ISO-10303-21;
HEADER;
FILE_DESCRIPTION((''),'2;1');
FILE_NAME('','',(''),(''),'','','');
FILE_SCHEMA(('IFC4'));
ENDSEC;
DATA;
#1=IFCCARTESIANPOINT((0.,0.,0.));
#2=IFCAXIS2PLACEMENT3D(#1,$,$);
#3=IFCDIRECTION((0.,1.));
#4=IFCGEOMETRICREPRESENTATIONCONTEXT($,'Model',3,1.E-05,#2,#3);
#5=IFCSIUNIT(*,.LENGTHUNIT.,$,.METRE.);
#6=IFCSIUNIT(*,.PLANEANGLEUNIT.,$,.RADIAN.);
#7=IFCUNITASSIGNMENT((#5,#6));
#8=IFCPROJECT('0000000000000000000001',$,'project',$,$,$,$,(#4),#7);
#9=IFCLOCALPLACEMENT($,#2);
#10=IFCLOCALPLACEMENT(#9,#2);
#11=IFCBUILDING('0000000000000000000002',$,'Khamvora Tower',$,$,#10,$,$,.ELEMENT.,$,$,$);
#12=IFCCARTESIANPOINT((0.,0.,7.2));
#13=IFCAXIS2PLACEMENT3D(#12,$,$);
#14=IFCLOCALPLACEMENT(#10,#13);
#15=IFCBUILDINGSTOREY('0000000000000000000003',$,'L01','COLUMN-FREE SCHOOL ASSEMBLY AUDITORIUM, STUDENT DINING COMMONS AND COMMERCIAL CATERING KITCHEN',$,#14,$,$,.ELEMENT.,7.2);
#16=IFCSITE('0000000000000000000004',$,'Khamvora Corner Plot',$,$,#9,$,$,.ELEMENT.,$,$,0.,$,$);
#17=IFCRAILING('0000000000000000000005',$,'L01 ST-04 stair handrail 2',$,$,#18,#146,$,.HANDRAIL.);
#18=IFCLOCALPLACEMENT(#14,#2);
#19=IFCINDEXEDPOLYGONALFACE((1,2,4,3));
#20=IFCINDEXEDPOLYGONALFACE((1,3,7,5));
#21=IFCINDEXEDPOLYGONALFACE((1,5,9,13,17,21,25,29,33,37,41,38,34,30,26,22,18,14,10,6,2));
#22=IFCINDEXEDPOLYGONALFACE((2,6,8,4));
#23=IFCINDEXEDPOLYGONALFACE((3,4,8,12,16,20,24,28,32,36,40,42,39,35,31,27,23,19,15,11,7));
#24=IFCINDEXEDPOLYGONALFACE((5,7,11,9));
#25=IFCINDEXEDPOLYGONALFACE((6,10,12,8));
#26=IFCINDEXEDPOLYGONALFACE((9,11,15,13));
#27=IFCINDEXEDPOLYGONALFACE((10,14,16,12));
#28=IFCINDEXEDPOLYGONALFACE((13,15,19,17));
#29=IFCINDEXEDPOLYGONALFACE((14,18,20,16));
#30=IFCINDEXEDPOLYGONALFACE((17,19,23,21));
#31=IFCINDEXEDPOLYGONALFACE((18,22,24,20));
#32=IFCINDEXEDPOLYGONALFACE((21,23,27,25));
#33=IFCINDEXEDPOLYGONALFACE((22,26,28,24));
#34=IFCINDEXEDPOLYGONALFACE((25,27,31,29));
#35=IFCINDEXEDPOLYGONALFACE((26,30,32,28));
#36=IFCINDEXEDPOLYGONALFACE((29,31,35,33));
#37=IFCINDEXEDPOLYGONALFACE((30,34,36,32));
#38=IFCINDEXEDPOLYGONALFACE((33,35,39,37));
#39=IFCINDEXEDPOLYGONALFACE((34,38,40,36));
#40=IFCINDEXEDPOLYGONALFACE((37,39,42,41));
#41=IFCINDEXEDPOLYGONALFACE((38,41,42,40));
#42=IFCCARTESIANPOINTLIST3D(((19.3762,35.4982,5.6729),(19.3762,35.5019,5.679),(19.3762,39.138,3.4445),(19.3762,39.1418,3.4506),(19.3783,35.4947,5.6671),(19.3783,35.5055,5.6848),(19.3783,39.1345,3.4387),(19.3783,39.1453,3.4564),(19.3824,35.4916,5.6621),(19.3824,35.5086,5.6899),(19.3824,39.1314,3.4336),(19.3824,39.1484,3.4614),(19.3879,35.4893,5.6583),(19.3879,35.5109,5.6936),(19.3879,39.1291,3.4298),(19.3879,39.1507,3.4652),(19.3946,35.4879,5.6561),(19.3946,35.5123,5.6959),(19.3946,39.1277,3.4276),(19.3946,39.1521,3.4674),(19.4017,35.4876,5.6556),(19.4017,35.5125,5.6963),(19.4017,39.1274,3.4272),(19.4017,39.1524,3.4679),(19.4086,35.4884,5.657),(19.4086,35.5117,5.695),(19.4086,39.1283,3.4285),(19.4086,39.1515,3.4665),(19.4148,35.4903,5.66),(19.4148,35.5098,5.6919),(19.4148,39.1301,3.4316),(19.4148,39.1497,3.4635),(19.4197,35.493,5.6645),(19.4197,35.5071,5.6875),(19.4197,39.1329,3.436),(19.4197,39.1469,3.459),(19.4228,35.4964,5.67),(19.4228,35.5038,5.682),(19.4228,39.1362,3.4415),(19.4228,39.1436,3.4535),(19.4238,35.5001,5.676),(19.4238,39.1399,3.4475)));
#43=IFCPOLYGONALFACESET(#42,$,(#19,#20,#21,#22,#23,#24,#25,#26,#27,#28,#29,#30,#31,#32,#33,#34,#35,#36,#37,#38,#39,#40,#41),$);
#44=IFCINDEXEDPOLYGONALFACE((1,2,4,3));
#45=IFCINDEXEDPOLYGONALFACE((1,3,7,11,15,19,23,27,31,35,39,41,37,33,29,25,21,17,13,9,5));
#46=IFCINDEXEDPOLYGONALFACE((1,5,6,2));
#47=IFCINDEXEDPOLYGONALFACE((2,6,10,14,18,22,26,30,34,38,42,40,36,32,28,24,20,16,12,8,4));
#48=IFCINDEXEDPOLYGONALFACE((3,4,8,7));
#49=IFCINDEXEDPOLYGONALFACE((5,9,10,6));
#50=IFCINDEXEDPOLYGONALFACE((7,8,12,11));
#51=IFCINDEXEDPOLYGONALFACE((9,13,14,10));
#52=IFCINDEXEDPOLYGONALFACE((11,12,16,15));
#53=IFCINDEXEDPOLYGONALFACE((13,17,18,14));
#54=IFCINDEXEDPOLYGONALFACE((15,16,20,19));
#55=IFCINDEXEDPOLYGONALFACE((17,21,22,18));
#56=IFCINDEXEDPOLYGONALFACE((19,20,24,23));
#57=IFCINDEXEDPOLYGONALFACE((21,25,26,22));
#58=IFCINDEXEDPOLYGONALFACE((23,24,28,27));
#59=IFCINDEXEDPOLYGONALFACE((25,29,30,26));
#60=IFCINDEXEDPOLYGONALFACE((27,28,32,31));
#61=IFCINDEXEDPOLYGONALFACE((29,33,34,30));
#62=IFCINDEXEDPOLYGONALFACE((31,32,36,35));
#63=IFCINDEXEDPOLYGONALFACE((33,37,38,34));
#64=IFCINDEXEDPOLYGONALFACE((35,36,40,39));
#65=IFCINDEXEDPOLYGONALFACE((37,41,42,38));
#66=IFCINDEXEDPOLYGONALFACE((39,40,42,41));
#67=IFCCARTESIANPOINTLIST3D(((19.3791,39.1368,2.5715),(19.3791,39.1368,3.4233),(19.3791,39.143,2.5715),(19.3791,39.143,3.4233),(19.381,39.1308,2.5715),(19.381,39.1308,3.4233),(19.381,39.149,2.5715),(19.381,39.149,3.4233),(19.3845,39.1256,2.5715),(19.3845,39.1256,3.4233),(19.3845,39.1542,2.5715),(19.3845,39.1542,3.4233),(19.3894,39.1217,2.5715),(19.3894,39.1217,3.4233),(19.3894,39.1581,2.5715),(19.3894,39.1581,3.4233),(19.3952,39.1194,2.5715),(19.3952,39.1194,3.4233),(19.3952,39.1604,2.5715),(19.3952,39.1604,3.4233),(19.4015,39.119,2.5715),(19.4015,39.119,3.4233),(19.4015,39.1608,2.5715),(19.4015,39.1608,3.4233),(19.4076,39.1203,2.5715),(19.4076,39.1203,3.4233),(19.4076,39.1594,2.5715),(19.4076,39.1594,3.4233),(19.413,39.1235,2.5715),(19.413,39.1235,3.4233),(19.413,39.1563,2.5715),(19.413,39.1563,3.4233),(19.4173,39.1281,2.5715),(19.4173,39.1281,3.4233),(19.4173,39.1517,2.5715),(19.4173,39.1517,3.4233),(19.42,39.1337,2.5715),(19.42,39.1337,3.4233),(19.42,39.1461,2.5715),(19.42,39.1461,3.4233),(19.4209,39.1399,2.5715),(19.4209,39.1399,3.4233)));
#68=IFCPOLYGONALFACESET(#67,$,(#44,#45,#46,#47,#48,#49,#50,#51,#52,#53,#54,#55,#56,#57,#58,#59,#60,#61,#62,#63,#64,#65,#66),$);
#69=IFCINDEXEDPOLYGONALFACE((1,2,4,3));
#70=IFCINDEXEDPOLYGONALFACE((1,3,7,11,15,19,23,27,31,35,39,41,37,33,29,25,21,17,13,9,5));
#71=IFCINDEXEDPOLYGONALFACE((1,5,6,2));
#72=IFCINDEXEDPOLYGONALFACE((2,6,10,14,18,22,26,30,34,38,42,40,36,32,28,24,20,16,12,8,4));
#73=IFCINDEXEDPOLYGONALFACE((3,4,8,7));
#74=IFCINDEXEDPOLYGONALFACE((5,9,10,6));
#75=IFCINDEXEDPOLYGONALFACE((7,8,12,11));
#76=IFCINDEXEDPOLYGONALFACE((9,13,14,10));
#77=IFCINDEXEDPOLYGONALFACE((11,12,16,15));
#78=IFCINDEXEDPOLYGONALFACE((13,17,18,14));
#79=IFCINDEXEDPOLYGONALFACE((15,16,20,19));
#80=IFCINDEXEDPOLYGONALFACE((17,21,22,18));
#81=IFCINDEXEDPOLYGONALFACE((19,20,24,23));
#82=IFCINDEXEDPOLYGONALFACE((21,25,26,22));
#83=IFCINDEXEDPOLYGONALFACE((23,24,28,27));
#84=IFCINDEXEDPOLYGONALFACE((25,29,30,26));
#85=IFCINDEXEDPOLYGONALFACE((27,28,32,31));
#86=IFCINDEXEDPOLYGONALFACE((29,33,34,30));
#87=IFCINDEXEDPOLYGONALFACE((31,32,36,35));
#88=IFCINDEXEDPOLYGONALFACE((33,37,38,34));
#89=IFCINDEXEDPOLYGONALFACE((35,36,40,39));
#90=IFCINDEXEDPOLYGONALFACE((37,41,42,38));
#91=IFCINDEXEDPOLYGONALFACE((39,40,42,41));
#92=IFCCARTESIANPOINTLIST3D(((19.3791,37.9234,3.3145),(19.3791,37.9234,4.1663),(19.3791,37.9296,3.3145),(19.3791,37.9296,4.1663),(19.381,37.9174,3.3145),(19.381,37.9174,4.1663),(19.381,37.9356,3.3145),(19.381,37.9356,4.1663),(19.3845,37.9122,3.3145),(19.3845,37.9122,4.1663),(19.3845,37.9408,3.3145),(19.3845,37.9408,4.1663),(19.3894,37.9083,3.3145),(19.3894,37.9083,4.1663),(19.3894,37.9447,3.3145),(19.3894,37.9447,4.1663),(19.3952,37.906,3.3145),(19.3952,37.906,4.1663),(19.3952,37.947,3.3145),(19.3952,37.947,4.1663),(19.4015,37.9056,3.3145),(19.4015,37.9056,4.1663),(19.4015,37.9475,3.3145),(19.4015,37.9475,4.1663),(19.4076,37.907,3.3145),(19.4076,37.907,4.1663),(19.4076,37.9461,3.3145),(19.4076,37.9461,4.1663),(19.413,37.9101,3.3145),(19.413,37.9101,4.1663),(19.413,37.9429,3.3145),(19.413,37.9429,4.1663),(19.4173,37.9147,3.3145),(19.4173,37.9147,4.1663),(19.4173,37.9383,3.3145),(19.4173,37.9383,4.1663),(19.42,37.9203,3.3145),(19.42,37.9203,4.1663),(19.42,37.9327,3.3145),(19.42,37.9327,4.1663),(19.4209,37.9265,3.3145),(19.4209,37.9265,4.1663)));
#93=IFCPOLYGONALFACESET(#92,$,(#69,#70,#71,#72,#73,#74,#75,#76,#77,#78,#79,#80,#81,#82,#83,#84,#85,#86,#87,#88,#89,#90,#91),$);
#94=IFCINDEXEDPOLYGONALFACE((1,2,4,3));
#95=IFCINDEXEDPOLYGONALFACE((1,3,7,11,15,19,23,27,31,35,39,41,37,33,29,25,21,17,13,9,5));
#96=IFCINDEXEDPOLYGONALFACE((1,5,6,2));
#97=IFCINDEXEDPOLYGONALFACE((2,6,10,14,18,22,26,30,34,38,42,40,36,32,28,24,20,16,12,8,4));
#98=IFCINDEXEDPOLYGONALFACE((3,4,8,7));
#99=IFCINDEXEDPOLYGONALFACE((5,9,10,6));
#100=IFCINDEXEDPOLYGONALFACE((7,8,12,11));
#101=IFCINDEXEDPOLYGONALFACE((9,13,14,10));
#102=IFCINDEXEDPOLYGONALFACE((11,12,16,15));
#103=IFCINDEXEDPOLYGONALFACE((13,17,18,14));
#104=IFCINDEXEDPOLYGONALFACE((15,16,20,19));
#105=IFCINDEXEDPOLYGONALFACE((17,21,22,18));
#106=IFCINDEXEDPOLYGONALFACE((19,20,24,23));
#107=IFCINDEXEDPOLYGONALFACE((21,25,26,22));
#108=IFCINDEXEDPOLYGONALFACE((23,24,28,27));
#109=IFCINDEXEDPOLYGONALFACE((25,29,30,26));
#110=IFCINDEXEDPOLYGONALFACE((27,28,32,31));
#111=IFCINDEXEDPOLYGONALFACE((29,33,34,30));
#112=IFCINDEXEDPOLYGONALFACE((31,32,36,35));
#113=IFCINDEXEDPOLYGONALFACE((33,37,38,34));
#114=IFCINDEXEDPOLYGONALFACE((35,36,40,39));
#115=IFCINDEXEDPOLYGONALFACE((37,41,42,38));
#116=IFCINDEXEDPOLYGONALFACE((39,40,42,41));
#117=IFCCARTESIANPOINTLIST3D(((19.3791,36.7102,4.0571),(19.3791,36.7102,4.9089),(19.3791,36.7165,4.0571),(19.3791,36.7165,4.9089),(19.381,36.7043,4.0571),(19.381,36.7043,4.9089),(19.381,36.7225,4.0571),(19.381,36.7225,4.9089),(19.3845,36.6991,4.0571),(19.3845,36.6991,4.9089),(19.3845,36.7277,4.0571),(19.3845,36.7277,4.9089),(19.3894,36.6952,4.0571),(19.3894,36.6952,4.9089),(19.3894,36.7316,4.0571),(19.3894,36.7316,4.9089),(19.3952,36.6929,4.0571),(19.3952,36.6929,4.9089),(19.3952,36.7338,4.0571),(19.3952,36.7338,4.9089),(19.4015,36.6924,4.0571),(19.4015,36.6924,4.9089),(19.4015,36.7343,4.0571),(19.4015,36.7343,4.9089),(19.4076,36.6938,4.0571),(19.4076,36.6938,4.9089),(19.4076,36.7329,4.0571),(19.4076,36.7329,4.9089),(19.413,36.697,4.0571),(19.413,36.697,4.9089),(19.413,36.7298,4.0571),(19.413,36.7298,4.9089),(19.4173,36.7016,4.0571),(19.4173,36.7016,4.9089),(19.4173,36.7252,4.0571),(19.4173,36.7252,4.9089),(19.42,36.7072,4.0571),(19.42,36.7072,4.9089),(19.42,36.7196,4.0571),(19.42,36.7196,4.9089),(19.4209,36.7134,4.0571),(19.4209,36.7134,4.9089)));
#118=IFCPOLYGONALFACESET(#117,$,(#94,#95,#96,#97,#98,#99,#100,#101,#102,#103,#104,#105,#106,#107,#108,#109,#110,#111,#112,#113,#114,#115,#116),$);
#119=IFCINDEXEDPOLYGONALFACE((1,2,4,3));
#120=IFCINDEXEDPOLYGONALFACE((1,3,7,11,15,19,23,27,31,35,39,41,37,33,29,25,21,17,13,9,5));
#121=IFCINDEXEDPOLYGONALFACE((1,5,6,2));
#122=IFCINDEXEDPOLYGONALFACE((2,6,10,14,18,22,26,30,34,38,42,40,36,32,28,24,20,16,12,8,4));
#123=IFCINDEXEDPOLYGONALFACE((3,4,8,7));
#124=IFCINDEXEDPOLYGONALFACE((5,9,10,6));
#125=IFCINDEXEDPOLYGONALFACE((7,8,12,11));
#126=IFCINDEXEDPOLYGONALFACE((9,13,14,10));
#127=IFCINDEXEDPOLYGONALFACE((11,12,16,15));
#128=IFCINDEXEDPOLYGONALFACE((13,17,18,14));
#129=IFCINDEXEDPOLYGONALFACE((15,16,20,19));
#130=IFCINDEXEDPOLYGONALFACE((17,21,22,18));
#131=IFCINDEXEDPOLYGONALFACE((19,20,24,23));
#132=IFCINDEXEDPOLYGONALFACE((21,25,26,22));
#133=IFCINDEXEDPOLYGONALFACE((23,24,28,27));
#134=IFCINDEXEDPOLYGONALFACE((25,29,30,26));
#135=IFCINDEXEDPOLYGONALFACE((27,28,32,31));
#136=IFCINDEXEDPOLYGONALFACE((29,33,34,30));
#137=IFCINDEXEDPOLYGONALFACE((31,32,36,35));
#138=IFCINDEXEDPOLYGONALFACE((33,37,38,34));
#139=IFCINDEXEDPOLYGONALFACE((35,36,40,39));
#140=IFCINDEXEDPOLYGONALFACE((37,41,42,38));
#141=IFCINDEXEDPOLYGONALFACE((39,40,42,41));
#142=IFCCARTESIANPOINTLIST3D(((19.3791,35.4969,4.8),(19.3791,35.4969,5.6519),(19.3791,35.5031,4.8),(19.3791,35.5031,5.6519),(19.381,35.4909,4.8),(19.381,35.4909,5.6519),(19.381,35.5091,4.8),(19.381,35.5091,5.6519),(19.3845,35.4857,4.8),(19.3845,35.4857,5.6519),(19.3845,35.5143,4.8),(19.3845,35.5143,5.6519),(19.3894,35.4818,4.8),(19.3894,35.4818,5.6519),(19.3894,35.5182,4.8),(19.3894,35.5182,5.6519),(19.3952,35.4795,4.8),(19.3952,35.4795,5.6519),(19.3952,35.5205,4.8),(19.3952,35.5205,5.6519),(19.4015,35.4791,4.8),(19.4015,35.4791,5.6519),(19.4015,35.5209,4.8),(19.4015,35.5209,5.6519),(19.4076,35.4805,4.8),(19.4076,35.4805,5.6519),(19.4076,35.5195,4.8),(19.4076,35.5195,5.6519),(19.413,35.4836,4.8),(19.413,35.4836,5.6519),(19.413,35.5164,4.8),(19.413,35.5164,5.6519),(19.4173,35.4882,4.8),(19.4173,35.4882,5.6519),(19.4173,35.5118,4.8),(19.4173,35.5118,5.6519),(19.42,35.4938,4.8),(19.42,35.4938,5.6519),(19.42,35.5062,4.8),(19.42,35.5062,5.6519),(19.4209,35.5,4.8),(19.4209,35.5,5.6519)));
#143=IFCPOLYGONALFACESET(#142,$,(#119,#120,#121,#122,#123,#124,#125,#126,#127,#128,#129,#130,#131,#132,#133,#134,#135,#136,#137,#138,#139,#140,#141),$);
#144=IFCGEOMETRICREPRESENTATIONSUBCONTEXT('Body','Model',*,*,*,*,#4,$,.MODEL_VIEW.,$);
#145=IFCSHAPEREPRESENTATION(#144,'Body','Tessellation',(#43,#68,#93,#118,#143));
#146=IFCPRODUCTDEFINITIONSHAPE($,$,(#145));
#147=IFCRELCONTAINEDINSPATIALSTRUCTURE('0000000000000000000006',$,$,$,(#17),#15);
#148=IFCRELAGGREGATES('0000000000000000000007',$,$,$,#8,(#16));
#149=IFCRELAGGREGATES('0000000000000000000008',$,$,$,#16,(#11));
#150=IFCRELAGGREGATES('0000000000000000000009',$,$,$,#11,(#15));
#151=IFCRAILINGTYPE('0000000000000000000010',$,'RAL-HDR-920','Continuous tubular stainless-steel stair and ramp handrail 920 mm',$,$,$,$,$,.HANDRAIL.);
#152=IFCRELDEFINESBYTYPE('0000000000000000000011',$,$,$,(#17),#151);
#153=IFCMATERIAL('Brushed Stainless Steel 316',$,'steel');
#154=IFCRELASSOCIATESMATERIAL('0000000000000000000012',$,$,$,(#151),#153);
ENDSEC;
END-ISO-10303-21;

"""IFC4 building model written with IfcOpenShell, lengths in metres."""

from ifc_helpers import new_model, si_unit, direction, frame, origin, origin_2d, place, context, subcontext, project, spatial, circle, extrude, material, type_object, element, save


model = new_model("IFC4")

# Units and contexts
model_context = context("Model", 3, precision=1e-05, world=origin(), true_north=direction((0.0, 1.0)))
body_context = subcontext(model_context, "Body", "Model", "MODEL_VIEW")
ifc_project = project(units=[si_unit("LENGTHUNIT", "METRE"), si_unit("PLANEANGLEUNIT", "RADIAN")], contexts=[model_context])

# Site, building, storey
site_placement = place(None, origin())
site = spatial("IfcSite", under=ifc_project, at=site_placement, Name="Khamvora Corner Plot", CompositionType="ELEMENT", RefElevation=0.0)
building_placement = place(site_placement, origin())
building = spatial("IfcBuilding", under=site, at=building_placement, Name="Khamvora Tower", CompositionType="ELEMENT")
storey_placement = place(building_placement, frame((0.0, 0.0, 7.2)))
storey = spatial("IfcBuildingStorey", under=building, at=storey_placement, Name="L01", Description="COLUMN-FREE SCHOOL ASSEMBLY AUDITORIUM, STUDENT DINING COMMONS AND COMMERCIAL CATERING KITCHEN", CompositionType="ELEMENT", Elevation=7.2)

# Railing
ifc_material_1 = material(Name="Brushed Stainless Steel 316", Category="steel")
railing_type_1 = type_object("IfcRailingType", Name="RAL-HDR-920", Description="Continuous tubular stainless-steel stair and ramp handrail 920 mm", PredefinedType="HANDRAIL", material=ifc_material_1)
railing_1_placement = place(storey_placement, frame((19.3999, 39.1399, 2.5715)))
element("IfcRailing", 1, at=railing_1_placement, inside=storey, type_object=railing_type_1, Name="L01 ST-04 stair handrail 2", PredefinedType="HANDRAIL", context=body_context, shape_type="SweptSolid", body=[
    extrude(circle(Radius=0.0239, at=origin_2d()), frame((0.0, 0.0, 0.876), z_axis=(0.0, -0.85285, 0.522156), x_axis=(1.0, 0.0, 0.0)), (0.0, 0.0, 1.0), 4.2678),
    extrude(circle(Radius=0.021, at=origin_2d()), origin(), (0.0, 0.0, 1.0), 0.8518),
    extrude(circle(Radius=0.021, at=origin_2d()), frame((0.0, -1.2134, 0.7429)), (0.0, 0.0, 1.0), 0.8518),
    extrude(circle(Radius=0.021, at=origin_2d()), frame((0.0, -2.4265, 1.4856)), (0.0, 0.0, 1.0), 0.8518),
    extrude(circle(Radius=0.021, at=origin_2d()), frame((0.0, -3.6399, 2.2285)), (0.0, 0.0, 1.0), 0.8518),
])

save(model, "model.ifc")
